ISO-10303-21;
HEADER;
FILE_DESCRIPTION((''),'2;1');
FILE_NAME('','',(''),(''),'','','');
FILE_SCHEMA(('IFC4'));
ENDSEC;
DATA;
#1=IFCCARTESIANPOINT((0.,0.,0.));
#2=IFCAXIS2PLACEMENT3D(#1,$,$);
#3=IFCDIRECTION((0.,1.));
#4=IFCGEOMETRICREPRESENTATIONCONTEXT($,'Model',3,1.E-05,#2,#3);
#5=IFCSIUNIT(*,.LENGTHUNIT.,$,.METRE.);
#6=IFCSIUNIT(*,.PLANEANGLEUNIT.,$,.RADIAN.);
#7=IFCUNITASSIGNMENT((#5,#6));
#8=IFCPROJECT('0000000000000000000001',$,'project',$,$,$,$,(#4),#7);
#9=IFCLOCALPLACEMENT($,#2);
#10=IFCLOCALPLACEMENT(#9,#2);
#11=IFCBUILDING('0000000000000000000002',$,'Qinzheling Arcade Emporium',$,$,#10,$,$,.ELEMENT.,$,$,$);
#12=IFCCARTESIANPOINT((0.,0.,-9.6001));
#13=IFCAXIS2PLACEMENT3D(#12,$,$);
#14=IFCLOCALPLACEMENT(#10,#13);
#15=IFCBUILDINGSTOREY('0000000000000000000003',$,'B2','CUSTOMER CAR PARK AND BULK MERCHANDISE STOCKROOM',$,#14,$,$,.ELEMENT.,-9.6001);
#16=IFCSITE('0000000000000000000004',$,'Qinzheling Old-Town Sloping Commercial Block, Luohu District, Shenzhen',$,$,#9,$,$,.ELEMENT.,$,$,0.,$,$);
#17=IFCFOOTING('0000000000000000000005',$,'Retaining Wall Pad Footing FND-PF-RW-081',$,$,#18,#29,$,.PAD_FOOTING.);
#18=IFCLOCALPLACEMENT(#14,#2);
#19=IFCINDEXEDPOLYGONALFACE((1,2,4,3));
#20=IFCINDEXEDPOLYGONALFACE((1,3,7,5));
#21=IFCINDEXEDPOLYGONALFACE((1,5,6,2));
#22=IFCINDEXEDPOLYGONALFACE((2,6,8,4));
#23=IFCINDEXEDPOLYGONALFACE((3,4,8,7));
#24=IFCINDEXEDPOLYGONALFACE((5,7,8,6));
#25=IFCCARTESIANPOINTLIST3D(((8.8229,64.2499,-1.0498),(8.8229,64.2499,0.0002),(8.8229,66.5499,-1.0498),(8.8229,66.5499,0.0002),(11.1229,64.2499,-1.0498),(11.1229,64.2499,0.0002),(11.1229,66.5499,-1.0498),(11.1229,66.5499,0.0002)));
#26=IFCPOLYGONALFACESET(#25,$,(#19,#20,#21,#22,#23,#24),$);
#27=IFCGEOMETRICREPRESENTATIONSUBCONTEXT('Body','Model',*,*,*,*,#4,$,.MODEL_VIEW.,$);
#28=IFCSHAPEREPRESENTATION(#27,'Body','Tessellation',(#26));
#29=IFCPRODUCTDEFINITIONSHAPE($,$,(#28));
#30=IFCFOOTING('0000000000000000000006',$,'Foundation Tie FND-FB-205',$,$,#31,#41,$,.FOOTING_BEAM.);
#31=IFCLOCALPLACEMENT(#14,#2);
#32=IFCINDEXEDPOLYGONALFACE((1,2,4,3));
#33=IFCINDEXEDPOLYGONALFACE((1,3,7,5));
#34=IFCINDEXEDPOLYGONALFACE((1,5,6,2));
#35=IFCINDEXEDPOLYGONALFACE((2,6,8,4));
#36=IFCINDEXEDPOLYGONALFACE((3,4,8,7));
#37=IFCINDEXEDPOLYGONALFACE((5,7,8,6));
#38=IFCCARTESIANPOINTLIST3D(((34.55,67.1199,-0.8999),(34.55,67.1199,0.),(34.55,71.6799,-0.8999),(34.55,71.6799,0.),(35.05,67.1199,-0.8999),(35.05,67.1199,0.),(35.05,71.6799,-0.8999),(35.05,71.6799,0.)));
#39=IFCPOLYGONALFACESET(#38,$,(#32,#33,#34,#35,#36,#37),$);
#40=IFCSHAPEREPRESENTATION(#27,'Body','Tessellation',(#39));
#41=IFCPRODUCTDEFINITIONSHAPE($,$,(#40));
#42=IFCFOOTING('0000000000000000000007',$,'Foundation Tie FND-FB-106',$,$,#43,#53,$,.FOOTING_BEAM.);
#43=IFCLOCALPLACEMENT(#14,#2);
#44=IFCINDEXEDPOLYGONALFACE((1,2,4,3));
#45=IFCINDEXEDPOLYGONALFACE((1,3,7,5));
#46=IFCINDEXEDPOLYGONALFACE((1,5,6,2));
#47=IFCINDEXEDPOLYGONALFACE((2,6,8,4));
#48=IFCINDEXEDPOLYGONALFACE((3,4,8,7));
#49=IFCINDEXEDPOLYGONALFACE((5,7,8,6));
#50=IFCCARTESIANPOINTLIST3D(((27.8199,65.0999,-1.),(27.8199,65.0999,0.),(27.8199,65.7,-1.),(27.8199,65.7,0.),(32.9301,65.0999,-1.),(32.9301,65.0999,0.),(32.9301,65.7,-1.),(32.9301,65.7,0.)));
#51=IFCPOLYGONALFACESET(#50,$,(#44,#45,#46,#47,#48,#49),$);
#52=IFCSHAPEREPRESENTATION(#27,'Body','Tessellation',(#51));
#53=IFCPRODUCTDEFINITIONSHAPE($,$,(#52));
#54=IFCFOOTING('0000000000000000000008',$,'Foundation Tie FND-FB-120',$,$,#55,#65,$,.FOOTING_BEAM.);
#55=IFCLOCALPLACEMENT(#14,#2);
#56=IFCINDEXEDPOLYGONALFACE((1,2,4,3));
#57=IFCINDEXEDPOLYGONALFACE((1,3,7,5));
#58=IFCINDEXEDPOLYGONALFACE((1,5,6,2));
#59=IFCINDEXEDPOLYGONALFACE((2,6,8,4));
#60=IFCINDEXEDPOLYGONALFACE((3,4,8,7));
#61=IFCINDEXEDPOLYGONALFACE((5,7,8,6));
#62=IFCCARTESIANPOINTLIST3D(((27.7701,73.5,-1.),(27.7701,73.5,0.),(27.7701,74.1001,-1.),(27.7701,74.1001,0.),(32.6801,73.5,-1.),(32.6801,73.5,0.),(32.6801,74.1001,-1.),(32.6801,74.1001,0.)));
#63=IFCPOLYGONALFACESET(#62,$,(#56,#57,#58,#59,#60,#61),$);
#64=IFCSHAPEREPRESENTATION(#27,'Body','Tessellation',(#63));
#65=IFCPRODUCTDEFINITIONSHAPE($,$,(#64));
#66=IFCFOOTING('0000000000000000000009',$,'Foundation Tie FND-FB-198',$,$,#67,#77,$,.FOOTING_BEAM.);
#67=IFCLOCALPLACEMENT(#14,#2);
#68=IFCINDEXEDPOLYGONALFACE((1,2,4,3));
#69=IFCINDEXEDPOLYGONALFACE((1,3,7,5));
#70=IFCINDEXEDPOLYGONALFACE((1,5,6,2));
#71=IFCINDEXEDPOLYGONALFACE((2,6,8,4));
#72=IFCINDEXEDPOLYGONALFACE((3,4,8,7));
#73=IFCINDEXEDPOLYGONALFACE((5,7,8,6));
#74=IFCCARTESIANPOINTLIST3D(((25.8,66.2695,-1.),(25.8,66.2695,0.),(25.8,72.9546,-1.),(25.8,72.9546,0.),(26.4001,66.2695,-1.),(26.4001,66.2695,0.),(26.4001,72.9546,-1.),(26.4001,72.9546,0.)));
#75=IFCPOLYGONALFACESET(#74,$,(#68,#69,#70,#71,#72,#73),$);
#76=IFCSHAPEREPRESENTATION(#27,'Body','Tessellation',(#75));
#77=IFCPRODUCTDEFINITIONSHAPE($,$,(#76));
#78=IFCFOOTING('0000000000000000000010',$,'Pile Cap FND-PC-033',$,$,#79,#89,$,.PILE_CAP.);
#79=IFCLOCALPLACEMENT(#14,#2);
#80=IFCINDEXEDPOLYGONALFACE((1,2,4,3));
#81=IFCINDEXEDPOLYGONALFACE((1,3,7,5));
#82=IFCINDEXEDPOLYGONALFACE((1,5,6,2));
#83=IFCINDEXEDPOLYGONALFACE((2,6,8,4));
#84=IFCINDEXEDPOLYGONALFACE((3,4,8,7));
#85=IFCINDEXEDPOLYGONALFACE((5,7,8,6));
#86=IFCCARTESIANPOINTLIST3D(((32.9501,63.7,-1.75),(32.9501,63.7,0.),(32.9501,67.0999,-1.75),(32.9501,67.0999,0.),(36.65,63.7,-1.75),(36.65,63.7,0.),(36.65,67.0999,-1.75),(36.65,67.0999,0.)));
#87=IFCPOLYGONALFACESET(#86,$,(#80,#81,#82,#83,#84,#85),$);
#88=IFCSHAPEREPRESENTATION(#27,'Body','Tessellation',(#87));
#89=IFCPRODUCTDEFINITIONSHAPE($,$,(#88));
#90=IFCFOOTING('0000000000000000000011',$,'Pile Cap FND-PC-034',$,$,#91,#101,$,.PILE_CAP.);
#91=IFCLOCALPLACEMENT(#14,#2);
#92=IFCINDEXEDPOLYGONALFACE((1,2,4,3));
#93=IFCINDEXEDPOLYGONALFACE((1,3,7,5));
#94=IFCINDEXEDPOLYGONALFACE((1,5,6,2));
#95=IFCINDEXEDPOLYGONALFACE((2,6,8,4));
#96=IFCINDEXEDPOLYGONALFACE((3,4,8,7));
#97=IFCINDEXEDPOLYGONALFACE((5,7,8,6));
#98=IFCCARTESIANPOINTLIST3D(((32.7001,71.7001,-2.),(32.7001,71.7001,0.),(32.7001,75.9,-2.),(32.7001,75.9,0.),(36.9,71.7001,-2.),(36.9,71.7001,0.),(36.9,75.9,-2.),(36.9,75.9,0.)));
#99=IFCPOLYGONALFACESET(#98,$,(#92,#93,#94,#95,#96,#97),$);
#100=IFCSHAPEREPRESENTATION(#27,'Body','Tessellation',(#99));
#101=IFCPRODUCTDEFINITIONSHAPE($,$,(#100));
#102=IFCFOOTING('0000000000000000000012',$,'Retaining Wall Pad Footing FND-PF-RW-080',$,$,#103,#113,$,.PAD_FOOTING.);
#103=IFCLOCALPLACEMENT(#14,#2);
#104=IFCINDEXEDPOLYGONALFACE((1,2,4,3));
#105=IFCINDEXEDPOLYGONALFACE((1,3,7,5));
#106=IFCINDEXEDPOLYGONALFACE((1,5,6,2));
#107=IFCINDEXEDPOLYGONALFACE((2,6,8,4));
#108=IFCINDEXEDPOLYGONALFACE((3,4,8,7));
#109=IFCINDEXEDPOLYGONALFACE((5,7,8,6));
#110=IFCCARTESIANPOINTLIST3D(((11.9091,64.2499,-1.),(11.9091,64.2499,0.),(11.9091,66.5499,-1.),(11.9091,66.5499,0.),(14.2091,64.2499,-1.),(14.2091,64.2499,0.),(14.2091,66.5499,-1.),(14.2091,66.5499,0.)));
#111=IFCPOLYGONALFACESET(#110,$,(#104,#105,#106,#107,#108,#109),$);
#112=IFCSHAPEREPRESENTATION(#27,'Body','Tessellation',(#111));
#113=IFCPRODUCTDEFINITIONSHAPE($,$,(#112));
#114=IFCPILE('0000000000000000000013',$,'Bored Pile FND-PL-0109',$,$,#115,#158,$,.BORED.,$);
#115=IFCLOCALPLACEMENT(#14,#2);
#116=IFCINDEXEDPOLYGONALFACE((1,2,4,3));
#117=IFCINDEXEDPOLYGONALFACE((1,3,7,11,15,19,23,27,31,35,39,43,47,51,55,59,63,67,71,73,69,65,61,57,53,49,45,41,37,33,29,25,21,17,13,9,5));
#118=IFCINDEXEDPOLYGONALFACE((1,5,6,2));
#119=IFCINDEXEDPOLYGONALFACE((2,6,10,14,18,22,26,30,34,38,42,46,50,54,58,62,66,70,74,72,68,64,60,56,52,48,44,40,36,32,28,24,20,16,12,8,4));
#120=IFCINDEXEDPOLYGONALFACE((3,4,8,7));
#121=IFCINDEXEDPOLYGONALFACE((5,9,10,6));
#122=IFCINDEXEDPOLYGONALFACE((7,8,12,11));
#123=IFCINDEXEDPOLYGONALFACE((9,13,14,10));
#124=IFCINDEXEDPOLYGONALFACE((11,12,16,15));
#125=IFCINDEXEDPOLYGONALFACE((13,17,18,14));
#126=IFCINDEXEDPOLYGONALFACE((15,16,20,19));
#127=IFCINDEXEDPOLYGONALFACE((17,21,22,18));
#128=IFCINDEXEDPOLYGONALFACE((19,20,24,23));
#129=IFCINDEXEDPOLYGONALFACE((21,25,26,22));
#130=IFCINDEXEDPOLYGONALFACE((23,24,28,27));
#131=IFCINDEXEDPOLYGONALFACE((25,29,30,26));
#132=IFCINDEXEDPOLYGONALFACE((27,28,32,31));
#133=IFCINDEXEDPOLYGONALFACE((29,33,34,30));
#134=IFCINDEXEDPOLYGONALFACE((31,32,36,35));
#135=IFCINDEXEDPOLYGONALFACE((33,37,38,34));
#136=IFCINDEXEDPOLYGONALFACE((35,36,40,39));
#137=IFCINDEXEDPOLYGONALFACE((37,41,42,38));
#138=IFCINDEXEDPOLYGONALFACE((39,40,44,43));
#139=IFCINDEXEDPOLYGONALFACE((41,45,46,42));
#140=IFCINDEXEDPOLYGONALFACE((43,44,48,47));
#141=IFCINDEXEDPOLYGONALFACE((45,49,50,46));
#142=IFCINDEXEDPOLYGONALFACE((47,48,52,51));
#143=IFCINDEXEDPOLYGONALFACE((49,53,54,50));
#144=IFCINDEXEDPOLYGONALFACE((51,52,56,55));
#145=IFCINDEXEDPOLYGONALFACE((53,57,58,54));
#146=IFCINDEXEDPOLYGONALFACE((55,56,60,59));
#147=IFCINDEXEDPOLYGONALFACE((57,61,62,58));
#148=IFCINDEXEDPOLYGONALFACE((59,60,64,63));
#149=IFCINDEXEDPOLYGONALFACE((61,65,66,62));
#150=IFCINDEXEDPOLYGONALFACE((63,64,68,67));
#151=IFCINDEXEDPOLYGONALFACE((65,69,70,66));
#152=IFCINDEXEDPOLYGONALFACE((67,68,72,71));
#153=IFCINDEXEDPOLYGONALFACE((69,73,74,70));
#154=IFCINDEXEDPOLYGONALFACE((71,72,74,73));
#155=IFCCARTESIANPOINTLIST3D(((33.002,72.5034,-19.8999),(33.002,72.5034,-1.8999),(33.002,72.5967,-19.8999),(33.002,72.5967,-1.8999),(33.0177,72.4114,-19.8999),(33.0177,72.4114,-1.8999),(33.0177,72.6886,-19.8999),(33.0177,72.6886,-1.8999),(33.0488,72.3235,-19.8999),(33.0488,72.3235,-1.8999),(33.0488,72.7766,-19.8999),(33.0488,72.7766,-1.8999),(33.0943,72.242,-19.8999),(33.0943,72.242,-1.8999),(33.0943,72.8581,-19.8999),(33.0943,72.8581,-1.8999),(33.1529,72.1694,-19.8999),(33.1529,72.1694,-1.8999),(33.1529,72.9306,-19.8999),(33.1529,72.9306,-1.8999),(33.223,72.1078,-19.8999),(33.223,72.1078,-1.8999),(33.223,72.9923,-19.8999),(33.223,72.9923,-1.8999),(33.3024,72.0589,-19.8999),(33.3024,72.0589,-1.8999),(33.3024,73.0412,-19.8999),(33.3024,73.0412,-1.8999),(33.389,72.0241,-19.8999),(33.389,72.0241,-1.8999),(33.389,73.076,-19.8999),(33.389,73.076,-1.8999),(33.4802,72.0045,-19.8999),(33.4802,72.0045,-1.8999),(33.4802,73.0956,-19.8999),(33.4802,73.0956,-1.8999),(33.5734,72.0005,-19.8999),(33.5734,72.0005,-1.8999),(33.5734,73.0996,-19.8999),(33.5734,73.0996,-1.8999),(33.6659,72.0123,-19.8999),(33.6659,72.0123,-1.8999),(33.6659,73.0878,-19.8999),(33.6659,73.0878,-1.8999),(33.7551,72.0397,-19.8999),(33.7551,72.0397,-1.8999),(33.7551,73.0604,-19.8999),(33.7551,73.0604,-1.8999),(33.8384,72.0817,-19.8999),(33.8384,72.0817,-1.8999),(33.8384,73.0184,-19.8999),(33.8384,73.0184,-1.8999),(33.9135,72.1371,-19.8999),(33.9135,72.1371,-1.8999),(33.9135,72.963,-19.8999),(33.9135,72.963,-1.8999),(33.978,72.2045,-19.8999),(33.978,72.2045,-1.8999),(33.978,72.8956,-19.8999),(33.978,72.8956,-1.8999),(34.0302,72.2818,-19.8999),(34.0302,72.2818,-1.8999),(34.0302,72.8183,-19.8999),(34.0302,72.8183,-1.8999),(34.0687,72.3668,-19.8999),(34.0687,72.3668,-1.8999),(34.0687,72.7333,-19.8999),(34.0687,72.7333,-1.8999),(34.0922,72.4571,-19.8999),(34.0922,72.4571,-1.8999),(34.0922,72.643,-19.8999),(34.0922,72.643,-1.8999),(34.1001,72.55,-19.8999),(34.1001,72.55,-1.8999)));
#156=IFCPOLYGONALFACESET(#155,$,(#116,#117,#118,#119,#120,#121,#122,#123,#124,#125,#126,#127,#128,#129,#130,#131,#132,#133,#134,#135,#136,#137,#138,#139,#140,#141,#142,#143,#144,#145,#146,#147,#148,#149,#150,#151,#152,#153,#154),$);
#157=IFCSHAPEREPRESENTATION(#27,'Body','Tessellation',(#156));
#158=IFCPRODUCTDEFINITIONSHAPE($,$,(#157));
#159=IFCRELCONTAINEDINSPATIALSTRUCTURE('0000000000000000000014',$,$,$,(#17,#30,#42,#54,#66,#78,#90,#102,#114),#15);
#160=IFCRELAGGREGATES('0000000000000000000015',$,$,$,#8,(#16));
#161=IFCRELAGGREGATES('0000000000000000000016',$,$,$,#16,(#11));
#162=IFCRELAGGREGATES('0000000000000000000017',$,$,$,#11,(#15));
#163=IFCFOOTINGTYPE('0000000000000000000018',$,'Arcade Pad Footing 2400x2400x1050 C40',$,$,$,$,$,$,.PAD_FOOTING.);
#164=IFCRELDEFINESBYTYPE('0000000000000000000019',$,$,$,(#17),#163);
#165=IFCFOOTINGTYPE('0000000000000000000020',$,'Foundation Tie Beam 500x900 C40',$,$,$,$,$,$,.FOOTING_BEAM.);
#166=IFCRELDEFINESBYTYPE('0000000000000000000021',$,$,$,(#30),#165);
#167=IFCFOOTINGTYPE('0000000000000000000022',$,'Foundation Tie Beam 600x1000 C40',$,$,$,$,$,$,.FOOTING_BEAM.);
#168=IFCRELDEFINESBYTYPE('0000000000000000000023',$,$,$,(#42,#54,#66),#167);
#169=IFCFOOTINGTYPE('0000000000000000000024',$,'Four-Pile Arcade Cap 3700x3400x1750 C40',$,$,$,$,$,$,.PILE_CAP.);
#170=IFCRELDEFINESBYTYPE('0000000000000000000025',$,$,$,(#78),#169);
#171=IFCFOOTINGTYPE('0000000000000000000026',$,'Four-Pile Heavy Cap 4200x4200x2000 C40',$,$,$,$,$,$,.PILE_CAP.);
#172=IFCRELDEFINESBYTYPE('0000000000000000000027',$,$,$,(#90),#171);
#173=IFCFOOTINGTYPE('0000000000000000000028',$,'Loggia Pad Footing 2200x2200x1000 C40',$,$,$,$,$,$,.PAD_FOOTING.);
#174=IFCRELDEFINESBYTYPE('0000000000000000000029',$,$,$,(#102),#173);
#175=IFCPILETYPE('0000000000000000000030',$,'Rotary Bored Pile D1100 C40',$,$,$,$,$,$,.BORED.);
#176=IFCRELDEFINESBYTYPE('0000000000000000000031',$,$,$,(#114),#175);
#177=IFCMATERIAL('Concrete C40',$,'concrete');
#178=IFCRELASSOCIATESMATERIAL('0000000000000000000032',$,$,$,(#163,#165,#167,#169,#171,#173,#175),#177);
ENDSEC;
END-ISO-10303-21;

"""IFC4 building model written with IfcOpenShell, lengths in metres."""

from ifc_helpers import new_model, si_unit, direction, frame, origin, origin_2d, place, context, subcontext, project, spatial, rectangle, circle, extrude, material, material_profile, profile_set, type_object, element, save


model = new_model("IFC4")

# Units and contexts
model_context = context("Model", 3, precision=1e-05, world=origin(), true_north=direction((0.0, 1.0)))
body_context = subcontext(model_context, "Body", "Model", "MODEL_VIEW")
ifc_project = project(units=[si_unit("LENGTHUNIT", "METRE"), si_unit("PLANEANGLEUNIT", "RADIAN")], contexts=[model_context])

# Site, building, storey
site_placement = place(None, origin())
site = spatial("IfcSite", under=ifc_project, at=site_placement, Name="Qinzheling Old-Town Sloping Commercial Block, Luohu District, Shenzhen", CompositionType="ELEMENT", RefElevation=0.0)
building_placement = place(site_placement, origin())
building = spatial("IfcBuilding", under=site, at=building_placement, Name="Qinzheling Arcade Emporium", CompositionType="ELEMENT")
storey_placement = place(building_placement, frame((0.0, 0.0, -9.6001)))
storey = spatial("IfcBuildingStorey", under=building, at=storey_placement, Name="B2", Description="CUSTOMER CAR PARK AND BULK MERCHANDISE STOCKROOM", CompositionType="ELEMENT", Elevation=-9.6001)

# Footings
ifc_material_1 = material(Name="Concrete C40", Category="concrete")
footing_type_1 = type_object("IfcFootingType", Name="Arcade Pad Footing 2400x2400x1050 C40", PredefinedType="PAD_FOOTING", material=ifc_material_1)
footing_1_placement = place(storey_placement, frame((9.9729, 65.3999, -1.0498), z_axis=(0.0, 0.0, 1.0), x_axis=(1.0, 0.0, 0.0)))
element("IfcFooting", 1, at=footing_1_placement, inside=storey, type_object=footing_type_1, Name="Retaining Wall Pad Footing FND-PF-RW-081", PredefinedType="PAD_FOOTING", context=body_context, shape_type="SweptSolid", body=[
    extrude(rectangle(XDim=2.3, YDim=2.3, at=origin_2d()), origin(), (0.0, 0.0, 1.0), 1.05),
])
footing_type_2 = type_object("IfcFootingType", Name="Foundation Tie Beam 500x900 C40", PredefinedType="FOOTING_BEAM", material=ifc_material_1)
footing_2_placement = place(storey_placement, frame((34.8, 69.3999, -0.8999), z_axis=(0.0, 0.0, 1.0), x_axis=(1.0, 0.0, 0.0)))
element("IfcFooting", 2, at=footing_2_placement, inside=storey, type_object=footing_type_2, Name="Foundation Tie FND-FB-205", PredefinedType="FOOTING_BEAM", context=body_context, shape_type="SweptSolid", body=[
    extrude(rectangle(XDim=0.5, YDim=4.5601, at=origin_2d()), origin(), (0.0, 0.0, 1.0), 0.8999),
])
footing_type_3 = type_object("IfcFootingType", Name="Foundation Tie Beam 600x1000 C40", PredefinedType="FOOTING_BEAM", material=ifc_material_1)
footing_3_placement = place(storey_placement, frame((30.375, 65.3999, -1.0), z_axis=(0.0, 0.0, 1.0), x_axis=(1.0, 0.0, 0.0)))
element("IfcFooting", 3, at=footing_3_placement, inside=storey, type_object=footing_type_3, Name="Foundation Tie FND-FB-106", PredefinedType="FOOTING_BEAM", context=body_context, shape_type="SweptSolid", body=[
    extrude(rectangle(XDim=5.1101, YDim=0.6001, at=origin_2d()), origin(), (0.0, 0.0, 1.0), 1.0),
])
footing_4_placement = place(storey_placement, frame((30.2251, 73.8, -1.0), z_axis=(0.0, 0.0, 1.0), x_axis=(1.0, 0.0, 0.0)))
element("IfcFooting", 4, at=footing_4_placement, inside=storey, type_object=footing_type_3, Name="Foundation Tie FND-FB-120", PredefinedType="FOOTING_BEAM", context=body_context, shape_type="SweptSolid", body=[
    extrude(rectangle(XDim=4.9099, YDim=0.6001, at=origin_2d()), origin(), (0.0, 0.0, 1.0), 1.0),
])
footing_5_placement = place(storey_placement, frame((26.1001, 69.6121, -1.0), z_axis=(0.0, 0.0, 1.0), x_axis=(1.0, 0.0, 0.0)))
element("IfcFooting", 5, at=footing_5_placement, inside=storey, type_object=footing_type_3, Name="Foundation Tie FND-FB-198", PredefinedType="FOOTING_BEAM", context=body_context, shape_type="SweptSolid", body=[
    extrude(rectangle(XDim=0.6001, YDim=6.6851, at=origin_2d()), origin(), (0.0, 0.0, 1.0), 1.0),
])
footing_type_4 = type_object("IfcFootingType", Name="Four-Pile Arcade Cap 3700x3400x1750 C40", PredefinedType="PILE_CAP", material=ifc_material_1)
footing_6_placement = place(storey_placement, frame((34.8, 65.3999, -1.75), z_axis=(0.0, 0.0, 1.0), x_axis=(1.0, 0.0, 0.0)))
element("IfcFooting", 6, at=footing_6_placement, inside=storey, type_object=footing_type_4, Name="Pile Cap FND-PC-033", PredefinedType="PILE_CAP", context=body_context, shape_type="SweptSolid", body=[
    extrude(rectangle(XDim=3.7, YDim=3.3999, at=origin_2d()), origin(), (0.0, 0.0, 1.0), 1.75),
])
footing_type_5 = type_object("IfcFootingType", Name="Four-Pile Heavy Cap 4200x4200x2000 C40", PredefinedType="PILE_CAP", material=ifc_material_1)
footing_7_placement = place(storey_placement, frame((34.8, 73.8, -2.0), z_axis=(0.0, 0.0, 1.0), x_axis=(1.0, 0.0, 0.0)))
element("IfcFooting", 7, at=footing_7_placement, inside=storey, type_object=footing_type_5, Name="Pile Cap FND-PC-034", PredefinedType="PILE_CAP", context=body_context, shape_type="SweptSolid", body=[
    extrude(rectangle(XDim=4.2, YDim=4.2, at=origin_2d()), origin(), (0.0, 0.0, 1.0), 2.0),
])
footing_type_6 = type_object("IfcFootingType", Name="Loggia Pad Footing 2200x2200x1000 C40", PredefinedType="PAD_FOOTING", material=ifc_material_1)
footing_8_placement = place(storey_placement, frame((13.0591, 65.3999, -1.0), z_axis=(0.0, 0.0, 1.0), x_axis=(1.0, 0.0, 0.0)))
element("IfcFooting", 8, at=footing_8_placement, inside=storey, type_object=footing_type_6, Name="Retaining Wall Pad Footing FND-PF-RW-080", PredefinedType="PAD_FOOTING", context=body_context, shape_type="SweptSolid", body=[
    extrude(rectangle(XDim=2.3, YDim=2.3, at=origin_2d()), origin(), (0.0, 0.0, 1.0), 1.0),
])

# Pile
ifc_material_profile_1 = material_profile(ifc_material_1, circle(Radius=0.55, at=origin_2d()), Name="BORED D1100", Category="concrete")
ifc_profile_set_1 = profile_set([ifc_material_profile_1], Name="Concrete C40")
pile_type_1 = type_object("IfcPileType", Name="Rotary Bored Pile D1100 C40", PredefinedType="BORED", material=ifc_profile_set_1)
for number, where, z_axis, x_axis, name in (
    (9, (33.55, 72.55, -1.8999), (0.0, 0.0, -1.0), (1.0, 0.0, 0.0), "Bored Pile FND-PL-0109"),
):
    element("IfcPile", number, at=place(storey_placement, frame(where, z_axis=z_axis, x_axis=x_axis)), inside=storey, type_object=pile_type_1, Name=name, PredefinedType="BORED", context=body_context, shape_type="SweptSolid", body=[
        extrude(circle(Radius=0.55, at=origin_2d()), origin(), (0.0, 0.0, 1.0), 18.0),
    ])

save(model, "model.ifc")
